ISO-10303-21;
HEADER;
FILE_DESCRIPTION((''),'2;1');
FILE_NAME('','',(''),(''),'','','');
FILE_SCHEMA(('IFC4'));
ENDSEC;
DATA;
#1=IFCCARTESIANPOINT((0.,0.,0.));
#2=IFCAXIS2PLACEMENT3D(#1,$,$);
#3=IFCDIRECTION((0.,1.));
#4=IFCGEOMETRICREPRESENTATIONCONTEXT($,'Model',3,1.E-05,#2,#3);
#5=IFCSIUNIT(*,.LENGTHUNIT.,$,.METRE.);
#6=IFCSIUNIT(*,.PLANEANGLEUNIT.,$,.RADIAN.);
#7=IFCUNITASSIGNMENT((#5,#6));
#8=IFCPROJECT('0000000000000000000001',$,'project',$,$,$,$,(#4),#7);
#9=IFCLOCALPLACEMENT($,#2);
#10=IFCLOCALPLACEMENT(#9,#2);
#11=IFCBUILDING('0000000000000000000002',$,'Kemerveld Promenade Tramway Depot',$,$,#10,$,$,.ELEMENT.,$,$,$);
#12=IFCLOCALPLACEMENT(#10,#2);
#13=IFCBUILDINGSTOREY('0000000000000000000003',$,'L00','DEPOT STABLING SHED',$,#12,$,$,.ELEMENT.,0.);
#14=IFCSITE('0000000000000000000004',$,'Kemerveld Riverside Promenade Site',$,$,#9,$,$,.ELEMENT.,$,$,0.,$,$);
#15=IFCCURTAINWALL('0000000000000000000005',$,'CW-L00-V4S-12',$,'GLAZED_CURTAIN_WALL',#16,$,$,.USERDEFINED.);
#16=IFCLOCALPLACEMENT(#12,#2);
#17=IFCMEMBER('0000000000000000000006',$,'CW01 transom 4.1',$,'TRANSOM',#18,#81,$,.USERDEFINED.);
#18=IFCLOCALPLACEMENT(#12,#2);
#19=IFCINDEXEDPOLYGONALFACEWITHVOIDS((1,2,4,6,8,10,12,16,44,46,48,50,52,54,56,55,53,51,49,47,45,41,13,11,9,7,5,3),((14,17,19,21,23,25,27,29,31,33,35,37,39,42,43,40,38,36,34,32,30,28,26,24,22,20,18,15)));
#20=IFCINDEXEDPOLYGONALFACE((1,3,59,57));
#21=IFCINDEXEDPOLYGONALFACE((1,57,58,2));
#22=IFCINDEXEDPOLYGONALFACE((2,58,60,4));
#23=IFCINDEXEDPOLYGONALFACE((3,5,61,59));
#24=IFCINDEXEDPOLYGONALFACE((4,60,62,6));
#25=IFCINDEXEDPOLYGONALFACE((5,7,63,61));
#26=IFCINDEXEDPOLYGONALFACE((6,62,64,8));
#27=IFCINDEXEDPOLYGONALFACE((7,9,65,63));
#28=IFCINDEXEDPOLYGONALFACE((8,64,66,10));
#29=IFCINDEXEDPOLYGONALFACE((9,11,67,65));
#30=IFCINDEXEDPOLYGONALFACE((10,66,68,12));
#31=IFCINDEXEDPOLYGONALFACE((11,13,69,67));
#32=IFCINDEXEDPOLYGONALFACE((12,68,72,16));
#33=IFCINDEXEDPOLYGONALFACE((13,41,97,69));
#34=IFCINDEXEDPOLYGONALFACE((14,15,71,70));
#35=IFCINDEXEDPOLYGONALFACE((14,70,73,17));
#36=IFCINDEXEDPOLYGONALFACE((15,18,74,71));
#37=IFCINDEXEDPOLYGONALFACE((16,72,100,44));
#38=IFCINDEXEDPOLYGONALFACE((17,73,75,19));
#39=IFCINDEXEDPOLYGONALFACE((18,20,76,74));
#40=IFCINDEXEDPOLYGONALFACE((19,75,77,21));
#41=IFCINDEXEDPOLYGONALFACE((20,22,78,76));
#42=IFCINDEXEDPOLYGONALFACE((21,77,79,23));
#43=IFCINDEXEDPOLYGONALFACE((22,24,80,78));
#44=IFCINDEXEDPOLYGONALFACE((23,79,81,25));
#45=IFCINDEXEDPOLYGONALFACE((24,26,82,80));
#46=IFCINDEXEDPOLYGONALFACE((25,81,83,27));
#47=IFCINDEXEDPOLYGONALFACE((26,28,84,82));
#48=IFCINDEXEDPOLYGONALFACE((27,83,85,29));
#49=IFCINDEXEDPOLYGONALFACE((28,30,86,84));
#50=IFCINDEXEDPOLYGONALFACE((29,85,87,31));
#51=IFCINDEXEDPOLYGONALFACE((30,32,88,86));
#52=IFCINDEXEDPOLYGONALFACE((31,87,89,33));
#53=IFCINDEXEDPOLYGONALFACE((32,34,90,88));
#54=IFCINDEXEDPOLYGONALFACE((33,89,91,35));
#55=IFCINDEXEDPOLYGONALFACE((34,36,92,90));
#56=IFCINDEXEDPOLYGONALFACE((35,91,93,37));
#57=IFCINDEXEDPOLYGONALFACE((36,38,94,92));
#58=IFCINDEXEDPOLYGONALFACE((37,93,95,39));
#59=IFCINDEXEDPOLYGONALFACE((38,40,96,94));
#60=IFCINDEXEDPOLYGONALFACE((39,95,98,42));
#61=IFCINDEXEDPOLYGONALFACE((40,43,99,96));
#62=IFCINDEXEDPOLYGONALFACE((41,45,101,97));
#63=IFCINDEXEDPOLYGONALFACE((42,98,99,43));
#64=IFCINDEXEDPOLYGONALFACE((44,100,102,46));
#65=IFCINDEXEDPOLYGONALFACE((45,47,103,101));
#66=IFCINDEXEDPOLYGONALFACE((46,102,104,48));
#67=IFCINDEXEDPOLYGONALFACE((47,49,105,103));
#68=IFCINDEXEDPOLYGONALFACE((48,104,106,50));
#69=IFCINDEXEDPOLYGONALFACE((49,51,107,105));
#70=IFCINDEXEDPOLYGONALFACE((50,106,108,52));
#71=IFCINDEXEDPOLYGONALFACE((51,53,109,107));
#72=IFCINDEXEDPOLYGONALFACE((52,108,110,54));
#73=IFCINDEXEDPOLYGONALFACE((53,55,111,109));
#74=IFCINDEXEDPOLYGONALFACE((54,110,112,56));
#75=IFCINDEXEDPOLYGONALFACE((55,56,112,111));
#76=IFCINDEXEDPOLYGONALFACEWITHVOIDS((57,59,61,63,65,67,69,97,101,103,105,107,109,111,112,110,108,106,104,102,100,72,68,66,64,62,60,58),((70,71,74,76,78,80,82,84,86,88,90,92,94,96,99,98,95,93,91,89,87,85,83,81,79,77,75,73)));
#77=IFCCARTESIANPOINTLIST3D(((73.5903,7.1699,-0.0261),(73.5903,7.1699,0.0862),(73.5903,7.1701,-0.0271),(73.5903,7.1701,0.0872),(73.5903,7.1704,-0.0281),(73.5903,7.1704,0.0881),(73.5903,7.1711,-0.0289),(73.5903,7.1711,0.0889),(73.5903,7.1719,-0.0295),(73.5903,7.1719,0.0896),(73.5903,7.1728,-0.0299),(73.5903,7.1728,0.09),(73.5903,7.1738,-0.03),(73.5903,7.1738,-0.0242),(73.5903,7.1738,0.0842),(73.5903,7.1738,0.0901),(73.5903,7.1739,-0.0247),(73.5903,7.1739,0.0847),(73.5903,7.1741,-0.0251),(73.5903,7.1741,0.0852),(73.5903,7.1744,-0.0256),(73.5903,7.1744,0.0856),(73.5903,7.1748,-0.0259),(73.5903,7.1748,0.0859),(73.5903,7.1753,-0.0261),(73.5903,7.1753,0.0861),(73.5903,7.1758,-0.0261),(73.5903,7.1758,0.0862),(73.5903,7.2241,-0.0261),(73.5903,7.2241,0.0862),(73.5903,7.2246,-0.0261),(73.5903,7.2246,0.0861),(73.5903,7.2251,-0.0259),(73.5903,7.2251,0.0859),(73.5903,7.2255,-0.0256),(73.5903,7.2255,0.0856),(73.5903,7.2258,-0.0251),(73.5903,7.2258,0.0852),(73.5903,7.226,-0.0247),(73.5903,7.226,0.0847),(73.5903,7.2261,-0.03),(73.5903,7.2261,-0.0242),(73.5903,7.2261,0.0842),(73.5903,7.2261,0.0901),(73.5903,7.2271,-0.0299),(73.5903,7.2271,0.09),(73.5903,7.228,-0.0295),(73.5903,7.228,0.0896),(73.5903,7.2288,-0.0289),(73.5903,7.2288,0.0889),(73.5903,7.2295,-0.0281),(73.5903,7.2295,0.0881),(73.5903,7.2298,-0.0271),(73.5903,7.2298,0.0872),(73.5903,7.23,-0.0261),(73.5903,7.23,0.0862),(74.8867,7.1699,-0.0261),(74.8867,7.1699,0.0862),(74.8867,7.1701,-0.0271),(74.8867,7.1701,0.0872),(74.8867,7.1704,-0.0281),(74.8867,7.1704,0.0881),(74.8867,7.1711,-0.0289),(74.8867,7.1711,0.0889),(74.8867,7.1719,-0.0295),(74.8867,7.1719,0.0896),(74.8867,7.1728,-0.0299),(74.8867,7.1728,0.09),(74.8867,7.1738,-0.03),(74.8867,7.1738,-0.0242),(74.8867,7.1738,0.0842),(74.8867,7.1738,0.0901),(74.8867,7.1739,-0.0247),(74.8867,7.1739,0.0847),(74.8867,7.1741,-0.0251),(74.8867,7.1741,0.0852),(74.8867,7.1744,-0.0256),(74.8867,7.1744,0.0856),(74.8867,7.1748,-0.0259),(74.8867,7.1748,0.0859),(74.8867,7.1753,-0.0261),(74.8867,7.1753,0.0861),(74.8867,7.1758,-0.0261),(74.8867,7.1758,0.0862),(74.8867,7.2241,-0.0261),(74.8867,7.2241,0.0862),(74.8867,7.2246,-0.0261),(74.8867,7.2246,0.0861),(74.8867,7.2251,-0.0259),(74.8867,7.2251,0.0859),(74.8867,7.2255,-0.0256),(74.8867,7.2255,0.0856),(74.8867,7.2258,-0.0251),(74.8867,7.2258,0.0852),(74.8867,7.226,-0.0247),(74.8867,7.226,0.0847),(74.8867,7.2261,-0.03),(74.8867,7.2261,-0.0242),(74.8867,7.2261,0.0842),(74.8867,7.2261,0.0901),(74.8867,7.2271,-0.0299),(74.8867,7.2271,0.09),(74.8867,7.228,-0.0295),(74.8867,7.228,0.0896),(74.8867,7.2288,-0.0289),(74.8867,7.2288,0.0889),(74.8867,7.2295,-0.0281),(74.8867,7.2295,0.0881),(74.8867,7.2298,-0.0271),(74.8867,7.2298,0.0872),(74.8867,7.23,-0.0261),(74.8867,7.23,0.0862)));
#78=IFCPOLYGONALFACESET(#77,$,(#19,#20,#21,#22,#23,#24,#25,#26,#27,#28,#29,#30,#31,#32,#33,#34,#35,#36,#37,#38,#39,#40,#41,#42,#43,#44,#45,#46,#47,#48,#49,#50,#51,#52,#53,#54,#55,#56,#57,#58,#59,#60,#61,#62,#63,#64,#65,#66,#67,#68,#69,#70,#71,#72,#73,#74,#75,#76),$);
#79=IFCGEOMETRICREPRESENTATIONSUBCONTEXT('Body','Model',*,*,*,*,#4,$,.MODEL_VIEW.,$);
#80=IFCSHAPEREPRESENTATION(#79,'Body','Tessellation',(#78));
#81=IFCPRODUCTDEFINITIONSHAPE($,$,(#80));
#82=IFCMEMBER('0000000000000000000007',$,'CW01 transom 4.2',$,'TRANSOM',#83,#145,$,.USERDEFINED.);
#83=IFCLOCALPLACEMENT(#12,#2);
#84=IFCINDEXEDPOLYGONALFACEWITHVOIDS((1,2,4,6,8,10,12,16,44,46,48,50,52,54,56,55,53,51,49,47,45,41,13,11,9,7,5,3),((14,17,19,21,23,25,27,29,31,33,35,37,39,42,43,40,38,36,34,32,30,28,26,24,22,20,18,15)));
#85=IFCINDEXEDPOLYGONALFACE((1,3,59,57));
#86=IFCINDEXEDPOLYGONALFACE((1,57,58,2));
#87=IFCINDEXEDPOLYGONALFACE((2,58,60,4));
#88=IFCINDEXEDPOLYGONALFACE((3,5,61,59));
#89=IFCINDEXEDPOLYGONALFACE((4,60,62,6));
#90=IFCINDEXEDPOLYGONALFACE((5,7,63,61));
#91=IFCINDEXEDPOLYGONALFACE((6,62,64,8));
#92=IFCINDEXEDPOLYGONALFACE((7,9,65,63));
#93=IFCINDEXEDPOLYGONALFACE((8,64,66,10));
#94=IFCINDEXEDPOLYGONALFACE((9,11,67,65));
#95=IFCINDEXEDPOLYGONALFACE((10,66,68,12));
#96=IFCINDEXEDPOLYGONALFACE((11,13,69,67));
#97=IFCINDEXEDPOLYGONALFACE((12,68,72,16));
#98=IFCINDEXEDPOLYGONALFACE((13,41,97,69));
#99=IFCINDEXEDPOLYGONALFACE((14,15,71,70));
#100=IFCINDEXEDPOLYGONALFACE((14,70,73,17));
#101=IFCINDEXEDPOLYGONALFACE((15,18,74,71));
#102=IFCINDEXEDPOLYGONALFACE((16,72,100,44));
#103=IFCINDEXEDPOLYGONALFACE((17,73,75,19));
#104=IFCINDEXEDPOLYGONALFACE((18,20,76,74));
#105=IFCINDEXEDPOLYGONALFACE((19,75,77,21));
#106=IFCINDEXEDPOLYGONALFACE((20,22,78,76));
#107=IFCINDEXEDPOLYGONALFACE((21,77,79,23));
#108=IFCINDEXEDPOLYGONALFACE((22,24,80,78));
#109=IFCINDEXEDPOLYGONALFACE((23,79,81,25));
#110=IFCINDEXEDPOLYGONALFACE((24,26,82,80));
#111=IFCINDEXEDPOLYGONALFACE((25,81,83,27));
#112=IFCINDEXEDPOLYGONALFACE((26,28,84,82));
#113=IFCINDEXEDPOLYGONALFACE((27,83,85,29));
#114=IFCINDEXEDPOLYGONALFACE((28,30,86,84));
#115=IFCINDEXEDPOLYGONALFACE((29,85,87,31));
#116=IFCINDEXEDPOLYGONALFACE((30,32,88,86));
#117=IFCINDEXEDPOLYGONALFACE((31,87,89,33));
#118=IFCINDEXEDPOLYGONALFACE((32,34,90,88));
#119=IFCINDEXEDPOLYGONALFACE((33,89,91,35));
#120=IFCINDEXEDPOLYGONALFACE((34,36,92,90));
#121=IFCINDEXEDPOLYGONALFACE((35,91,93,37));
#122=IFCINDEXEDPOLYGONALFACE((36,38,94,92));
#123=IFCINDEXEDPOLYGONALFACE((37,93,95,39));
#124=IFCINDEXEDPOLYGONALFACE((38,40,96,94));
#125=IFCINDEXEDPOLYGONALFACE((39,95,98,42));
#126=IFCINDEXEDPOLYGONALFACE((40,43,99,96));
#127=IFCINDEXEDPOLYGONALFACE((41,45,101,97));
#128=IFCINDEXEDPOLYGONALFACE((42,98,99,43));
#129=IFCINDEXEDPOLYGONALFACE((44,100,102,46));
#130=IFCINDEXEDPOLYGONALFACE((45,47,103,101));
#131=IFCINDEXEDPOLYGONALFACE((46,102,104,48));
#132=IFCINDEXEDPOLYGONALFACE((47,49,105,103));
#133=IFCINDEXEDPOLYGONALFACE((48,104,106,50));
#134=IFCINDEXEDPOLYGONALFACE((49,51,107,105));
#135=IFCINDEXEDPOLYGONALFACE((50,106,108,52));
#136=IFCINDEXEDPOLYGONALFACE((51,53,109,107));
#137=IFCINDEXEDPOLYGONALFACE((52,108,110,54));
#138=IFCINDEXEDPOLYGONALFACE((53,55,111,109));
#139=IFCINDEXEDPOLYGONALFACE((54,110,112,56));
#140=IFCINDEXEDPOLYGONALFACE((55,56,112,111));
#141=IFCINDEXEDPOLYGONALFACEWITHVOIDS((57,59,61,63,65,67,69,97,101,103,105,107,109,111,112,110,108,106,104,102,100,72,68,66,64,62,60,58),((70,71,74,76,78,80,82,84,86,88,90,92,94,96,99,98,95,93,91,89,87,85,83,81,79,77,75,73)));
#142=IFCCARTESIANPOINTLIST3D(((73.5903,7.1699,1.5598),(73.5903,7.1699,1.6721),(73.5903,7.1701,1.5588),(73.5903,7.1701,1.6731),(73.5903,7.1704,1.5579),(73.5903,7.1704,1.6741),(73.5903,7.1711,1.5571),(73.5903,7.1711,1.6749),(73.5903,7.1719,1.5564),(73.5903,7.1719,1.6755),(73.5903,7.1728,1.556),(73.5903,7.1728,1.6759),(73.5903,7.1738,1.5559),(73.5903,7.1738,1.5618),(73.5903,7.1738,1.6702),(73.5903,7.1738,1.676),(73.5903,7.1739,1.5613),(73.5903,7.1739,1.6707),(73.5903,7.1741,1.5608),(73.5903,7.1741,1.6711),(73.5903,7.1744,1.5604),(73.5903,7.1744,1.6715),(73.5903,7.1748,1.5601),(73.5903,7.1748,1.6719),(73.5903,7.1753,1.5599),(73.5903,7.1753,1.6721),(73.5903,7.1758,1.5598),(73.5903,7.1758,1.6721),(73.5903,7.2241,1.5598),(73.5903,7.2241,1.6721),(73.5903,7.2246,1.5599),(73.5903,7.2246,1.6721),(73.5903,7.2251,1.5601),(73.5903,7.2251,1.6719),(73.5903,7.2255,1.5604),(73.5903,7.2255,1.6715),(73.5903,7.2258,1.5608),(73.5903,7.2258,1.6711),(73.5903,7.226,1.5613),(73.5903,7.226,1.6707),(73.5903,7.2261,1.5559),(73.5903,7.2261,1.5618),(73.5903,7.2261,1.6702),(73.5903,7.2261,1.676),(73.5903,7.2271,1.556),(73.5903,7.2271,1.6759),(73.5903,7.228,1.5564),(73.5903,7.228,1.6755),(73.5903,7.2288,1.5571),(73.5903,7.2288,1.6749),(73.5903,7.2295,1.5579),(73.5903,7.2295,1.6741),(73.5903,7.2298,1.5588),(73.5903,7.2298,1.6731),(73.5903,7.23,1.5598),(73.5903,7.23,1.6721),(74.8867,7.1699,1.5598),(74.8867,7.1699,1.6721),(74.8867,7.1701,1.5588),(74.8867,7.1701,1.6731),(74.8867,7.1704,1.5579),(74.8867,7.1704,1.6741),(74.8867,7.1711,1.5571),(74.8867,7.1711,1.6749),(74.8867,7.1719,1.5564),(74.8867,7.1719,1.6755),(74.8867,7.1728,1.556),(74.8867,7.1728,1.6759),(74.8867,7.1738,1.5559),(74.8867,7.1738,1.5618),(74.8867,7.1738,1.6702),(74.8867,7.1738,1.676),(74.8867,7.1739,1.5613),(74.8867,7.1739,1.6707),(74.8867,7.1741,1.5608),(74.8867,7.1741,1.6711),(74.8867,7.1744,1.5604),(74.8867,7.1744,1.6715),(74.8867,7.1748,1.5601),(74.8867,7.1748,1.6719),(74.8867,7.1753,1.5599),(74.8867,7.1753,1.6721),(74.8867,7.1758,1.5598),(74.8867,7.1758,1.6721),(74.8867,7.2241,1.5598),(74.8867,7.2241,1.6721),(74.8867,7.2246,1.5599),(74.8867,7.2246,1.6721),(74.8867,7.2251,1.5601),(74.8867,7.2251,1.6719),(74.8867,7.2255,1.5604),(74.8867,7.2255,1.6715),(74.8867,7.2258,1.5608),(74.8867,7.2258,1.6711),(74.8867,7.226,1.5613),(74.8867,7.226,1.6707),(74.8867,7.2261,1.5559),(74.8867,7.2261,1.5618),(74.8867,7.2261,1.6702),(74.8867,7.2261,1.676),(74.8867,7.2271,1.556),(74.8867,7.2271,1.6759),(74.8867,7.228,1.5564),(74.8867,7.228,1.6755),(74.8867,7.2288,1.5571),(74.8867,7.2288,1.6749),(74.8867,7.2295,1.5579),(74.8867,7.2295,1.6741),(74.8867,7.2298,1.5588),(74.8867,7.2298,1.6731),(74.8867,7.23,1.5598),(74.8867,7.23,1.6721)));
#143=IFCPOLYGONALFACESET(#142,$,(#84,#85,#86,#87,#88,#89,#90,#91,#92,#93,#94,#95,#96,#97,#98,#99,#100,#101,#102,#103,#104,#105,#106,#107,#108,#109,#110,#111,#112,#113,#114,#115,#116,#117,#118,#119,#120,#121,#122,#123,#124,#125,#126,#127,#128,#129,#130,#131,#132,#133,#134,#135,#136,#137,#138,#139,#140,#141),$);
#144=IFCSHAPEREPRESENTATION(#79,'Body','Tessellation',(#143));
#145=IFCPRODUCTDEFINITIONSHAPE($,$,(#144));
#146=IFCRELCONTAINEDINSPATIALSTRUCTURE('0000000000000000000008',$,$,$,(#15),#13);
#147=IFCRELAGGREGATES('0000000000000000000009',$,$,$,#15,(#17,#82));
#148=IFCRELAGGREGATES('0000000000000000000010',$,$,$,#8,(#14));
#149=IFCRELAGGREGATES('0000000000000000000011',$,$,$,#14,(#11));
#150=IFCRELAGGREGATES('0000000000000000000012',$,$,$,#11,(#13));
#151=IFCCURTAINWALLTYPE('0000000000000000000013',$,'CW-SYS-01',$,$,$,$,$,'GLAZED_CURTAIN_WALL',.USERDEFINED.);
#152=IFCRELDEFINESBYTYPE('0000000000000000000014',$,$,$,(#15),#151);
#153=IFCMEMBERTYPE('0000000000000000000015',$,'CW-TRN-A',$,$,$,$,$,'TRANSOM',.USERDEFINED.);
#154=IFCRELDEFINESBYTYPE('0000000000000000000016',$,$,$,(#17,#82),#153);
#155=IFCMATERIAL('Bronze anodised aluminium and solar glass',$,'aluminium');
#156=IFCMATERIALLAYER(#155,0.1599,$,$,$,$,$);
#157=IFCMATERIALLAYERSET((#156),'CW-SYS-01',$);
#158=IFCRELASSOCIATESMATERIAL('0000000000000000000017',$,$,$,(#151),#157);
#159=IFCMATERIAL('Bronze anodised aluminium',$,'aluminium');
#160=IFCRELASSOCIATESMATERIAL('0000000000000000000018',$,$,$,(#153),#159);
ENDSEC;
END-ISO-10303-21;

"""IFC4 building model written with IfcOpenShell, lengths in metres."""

from ifc_helpers import new_model, si_unit, direction, frame, origin, origin_2d, place, context, subcontext, project, spatial, hollow_rectangle, extrude, material, layer, layer_set, material_profile, profile_set, type_object, element, aggregate, save


model = new_model("IFC4")

# Units and contexts
model_context = context("Model", 3, precision=1e-05, world=origin(), true_north=direction((0.0, 1.0)))
body_context = subcontext(model_context, "Body", "Model", "MODEL_VIEW")
ifc_project = project(units=[si_unit("LENGTHUNIT", "METRE"), si_unit("PLANEANGLEUNIT", "RADIAN")], contexts=[model_context])

# Site, building, storey
site_placement = place(None, origin())
site = spatial("IfcSite", under=ifc_project, at=site_placement, Name="Kemerveld Riverside Promenade Site", CompositionType="ELEMENT", RefElevation=0.0)
building_placement = place(site_placement, origin())
building = spatial("IfcBuilding", under=site, at=building_placement, Name="Kemerveld Promenade Tramway Depot", CompositionType="ELEMENT")
storey_placement = place(building_placement, origin())
storey = spatial("IfcBuildingStorey", under=building, at=storey_placement, Name="L00", Description="DEPOT STABLING SHED", CompositionType="ELEMENT", Elevation=0.0)

# Curtain wall, members
ifc_material_1 = material(Name="Bronze anodised aluminium and solar glass", Category="aluminium")
ifc_layer_1 = layer(ifc_material_1, 0.1599)
ifc_layer_set_1 = layer_set([ifc_layer_1], Name="CW-SYS-01")
curtain_wall_type = type_object("IfcCurtainWallType", Name="CW-SYS-01", ElementType="GLAZED_CURTAIN_WALL", PredefinedType="USERDEFINED", material=ifc_layer_set_1)
curtain_wall_placement = place(storey_placement, origin())
curtain_wall = element("IfcCurtainWall", 1, at=curtain_wall_placement, inside=storey, type_object=curtain_wall_type, Name="CW-L00-V4S-12", ObjectType="GLAZED_CURTAIN_WALL", PredefinedType="USERDEFINED")
ifc_material_2 = material(Name="Bronze anodised aluminium", Category="aluminium")
ifc_material_profile_1 = material_profile(ifc_material_2, hollow_rectangle(XDim=0.0601, YDim=0.1201, WallThickness=0.0039, InnerFilletRadius=0.002, OuterFilletRadius=0.0039, at=origin_2d()), Name="CW-TRN-120x60")
ifc_profile_set_1 = profile_set([ifc_material_profile_1], Name="Bronze anodised aluminium")
member_type_1 = type_object("IfcMemberType", Name="CW-TRN-A", ElementType="TRANSOM", PredefinedType="USERDEFINED", material=ifc_profile_set_1)
member_1_placement = place(storey_placement, frame((74.8867, 7.2, 0.03), z_axis=(-1.0, 0.0, 0.0), x_axis=(0.0, -1.0, 0.0)))
member_1 = element("IfcMember", 2, at=member_1_placement, type_object=member_type_1, Name="CW01 transom 4.1", ObjectType="TRANSOM", PredefinedType="USERDEFINED", context=body_context, shape_type="SweptSolid", body=[
    extrude(hollow_rectangle(XDim=0.0601, YDim=0.1201, WallThickness=0.0039, InnerFilletRadius=0.002, OuterFilletRadius=0.0039, at=origin_2d()), origin(), (0.0, 0.0, 1.0), 1.2964),
])
member_2_placement = place(storey_placement, frame((74.8867, 7.2, 1.616), z_axis=(-1.0, 0.0, 0.0), x_axis=(0.0, -1.0, 0.0)))
member_2 = element("IfcMember", 3, at=member_2_placement, type_object=member_type_1, Name="CW01 transom 4.2", ObjectType="TRANSOM", PredefinedType="USERDEFINED", context=body_context, shape_type="SweptSolid", body=[
    extrude(hollow_rectangle(XDim=0.0601, YDim=0.1201, WallThickness=0.0039, InnerFilletRadius=0.002, OuterFilletRadius=0.0039, at=origin_2d()), origin(), (0.0, 0.0, 1.0), 1.2964),
])
aggregate(curtain_wall, [member_1, member_2])

save(model, "model.ifc")
